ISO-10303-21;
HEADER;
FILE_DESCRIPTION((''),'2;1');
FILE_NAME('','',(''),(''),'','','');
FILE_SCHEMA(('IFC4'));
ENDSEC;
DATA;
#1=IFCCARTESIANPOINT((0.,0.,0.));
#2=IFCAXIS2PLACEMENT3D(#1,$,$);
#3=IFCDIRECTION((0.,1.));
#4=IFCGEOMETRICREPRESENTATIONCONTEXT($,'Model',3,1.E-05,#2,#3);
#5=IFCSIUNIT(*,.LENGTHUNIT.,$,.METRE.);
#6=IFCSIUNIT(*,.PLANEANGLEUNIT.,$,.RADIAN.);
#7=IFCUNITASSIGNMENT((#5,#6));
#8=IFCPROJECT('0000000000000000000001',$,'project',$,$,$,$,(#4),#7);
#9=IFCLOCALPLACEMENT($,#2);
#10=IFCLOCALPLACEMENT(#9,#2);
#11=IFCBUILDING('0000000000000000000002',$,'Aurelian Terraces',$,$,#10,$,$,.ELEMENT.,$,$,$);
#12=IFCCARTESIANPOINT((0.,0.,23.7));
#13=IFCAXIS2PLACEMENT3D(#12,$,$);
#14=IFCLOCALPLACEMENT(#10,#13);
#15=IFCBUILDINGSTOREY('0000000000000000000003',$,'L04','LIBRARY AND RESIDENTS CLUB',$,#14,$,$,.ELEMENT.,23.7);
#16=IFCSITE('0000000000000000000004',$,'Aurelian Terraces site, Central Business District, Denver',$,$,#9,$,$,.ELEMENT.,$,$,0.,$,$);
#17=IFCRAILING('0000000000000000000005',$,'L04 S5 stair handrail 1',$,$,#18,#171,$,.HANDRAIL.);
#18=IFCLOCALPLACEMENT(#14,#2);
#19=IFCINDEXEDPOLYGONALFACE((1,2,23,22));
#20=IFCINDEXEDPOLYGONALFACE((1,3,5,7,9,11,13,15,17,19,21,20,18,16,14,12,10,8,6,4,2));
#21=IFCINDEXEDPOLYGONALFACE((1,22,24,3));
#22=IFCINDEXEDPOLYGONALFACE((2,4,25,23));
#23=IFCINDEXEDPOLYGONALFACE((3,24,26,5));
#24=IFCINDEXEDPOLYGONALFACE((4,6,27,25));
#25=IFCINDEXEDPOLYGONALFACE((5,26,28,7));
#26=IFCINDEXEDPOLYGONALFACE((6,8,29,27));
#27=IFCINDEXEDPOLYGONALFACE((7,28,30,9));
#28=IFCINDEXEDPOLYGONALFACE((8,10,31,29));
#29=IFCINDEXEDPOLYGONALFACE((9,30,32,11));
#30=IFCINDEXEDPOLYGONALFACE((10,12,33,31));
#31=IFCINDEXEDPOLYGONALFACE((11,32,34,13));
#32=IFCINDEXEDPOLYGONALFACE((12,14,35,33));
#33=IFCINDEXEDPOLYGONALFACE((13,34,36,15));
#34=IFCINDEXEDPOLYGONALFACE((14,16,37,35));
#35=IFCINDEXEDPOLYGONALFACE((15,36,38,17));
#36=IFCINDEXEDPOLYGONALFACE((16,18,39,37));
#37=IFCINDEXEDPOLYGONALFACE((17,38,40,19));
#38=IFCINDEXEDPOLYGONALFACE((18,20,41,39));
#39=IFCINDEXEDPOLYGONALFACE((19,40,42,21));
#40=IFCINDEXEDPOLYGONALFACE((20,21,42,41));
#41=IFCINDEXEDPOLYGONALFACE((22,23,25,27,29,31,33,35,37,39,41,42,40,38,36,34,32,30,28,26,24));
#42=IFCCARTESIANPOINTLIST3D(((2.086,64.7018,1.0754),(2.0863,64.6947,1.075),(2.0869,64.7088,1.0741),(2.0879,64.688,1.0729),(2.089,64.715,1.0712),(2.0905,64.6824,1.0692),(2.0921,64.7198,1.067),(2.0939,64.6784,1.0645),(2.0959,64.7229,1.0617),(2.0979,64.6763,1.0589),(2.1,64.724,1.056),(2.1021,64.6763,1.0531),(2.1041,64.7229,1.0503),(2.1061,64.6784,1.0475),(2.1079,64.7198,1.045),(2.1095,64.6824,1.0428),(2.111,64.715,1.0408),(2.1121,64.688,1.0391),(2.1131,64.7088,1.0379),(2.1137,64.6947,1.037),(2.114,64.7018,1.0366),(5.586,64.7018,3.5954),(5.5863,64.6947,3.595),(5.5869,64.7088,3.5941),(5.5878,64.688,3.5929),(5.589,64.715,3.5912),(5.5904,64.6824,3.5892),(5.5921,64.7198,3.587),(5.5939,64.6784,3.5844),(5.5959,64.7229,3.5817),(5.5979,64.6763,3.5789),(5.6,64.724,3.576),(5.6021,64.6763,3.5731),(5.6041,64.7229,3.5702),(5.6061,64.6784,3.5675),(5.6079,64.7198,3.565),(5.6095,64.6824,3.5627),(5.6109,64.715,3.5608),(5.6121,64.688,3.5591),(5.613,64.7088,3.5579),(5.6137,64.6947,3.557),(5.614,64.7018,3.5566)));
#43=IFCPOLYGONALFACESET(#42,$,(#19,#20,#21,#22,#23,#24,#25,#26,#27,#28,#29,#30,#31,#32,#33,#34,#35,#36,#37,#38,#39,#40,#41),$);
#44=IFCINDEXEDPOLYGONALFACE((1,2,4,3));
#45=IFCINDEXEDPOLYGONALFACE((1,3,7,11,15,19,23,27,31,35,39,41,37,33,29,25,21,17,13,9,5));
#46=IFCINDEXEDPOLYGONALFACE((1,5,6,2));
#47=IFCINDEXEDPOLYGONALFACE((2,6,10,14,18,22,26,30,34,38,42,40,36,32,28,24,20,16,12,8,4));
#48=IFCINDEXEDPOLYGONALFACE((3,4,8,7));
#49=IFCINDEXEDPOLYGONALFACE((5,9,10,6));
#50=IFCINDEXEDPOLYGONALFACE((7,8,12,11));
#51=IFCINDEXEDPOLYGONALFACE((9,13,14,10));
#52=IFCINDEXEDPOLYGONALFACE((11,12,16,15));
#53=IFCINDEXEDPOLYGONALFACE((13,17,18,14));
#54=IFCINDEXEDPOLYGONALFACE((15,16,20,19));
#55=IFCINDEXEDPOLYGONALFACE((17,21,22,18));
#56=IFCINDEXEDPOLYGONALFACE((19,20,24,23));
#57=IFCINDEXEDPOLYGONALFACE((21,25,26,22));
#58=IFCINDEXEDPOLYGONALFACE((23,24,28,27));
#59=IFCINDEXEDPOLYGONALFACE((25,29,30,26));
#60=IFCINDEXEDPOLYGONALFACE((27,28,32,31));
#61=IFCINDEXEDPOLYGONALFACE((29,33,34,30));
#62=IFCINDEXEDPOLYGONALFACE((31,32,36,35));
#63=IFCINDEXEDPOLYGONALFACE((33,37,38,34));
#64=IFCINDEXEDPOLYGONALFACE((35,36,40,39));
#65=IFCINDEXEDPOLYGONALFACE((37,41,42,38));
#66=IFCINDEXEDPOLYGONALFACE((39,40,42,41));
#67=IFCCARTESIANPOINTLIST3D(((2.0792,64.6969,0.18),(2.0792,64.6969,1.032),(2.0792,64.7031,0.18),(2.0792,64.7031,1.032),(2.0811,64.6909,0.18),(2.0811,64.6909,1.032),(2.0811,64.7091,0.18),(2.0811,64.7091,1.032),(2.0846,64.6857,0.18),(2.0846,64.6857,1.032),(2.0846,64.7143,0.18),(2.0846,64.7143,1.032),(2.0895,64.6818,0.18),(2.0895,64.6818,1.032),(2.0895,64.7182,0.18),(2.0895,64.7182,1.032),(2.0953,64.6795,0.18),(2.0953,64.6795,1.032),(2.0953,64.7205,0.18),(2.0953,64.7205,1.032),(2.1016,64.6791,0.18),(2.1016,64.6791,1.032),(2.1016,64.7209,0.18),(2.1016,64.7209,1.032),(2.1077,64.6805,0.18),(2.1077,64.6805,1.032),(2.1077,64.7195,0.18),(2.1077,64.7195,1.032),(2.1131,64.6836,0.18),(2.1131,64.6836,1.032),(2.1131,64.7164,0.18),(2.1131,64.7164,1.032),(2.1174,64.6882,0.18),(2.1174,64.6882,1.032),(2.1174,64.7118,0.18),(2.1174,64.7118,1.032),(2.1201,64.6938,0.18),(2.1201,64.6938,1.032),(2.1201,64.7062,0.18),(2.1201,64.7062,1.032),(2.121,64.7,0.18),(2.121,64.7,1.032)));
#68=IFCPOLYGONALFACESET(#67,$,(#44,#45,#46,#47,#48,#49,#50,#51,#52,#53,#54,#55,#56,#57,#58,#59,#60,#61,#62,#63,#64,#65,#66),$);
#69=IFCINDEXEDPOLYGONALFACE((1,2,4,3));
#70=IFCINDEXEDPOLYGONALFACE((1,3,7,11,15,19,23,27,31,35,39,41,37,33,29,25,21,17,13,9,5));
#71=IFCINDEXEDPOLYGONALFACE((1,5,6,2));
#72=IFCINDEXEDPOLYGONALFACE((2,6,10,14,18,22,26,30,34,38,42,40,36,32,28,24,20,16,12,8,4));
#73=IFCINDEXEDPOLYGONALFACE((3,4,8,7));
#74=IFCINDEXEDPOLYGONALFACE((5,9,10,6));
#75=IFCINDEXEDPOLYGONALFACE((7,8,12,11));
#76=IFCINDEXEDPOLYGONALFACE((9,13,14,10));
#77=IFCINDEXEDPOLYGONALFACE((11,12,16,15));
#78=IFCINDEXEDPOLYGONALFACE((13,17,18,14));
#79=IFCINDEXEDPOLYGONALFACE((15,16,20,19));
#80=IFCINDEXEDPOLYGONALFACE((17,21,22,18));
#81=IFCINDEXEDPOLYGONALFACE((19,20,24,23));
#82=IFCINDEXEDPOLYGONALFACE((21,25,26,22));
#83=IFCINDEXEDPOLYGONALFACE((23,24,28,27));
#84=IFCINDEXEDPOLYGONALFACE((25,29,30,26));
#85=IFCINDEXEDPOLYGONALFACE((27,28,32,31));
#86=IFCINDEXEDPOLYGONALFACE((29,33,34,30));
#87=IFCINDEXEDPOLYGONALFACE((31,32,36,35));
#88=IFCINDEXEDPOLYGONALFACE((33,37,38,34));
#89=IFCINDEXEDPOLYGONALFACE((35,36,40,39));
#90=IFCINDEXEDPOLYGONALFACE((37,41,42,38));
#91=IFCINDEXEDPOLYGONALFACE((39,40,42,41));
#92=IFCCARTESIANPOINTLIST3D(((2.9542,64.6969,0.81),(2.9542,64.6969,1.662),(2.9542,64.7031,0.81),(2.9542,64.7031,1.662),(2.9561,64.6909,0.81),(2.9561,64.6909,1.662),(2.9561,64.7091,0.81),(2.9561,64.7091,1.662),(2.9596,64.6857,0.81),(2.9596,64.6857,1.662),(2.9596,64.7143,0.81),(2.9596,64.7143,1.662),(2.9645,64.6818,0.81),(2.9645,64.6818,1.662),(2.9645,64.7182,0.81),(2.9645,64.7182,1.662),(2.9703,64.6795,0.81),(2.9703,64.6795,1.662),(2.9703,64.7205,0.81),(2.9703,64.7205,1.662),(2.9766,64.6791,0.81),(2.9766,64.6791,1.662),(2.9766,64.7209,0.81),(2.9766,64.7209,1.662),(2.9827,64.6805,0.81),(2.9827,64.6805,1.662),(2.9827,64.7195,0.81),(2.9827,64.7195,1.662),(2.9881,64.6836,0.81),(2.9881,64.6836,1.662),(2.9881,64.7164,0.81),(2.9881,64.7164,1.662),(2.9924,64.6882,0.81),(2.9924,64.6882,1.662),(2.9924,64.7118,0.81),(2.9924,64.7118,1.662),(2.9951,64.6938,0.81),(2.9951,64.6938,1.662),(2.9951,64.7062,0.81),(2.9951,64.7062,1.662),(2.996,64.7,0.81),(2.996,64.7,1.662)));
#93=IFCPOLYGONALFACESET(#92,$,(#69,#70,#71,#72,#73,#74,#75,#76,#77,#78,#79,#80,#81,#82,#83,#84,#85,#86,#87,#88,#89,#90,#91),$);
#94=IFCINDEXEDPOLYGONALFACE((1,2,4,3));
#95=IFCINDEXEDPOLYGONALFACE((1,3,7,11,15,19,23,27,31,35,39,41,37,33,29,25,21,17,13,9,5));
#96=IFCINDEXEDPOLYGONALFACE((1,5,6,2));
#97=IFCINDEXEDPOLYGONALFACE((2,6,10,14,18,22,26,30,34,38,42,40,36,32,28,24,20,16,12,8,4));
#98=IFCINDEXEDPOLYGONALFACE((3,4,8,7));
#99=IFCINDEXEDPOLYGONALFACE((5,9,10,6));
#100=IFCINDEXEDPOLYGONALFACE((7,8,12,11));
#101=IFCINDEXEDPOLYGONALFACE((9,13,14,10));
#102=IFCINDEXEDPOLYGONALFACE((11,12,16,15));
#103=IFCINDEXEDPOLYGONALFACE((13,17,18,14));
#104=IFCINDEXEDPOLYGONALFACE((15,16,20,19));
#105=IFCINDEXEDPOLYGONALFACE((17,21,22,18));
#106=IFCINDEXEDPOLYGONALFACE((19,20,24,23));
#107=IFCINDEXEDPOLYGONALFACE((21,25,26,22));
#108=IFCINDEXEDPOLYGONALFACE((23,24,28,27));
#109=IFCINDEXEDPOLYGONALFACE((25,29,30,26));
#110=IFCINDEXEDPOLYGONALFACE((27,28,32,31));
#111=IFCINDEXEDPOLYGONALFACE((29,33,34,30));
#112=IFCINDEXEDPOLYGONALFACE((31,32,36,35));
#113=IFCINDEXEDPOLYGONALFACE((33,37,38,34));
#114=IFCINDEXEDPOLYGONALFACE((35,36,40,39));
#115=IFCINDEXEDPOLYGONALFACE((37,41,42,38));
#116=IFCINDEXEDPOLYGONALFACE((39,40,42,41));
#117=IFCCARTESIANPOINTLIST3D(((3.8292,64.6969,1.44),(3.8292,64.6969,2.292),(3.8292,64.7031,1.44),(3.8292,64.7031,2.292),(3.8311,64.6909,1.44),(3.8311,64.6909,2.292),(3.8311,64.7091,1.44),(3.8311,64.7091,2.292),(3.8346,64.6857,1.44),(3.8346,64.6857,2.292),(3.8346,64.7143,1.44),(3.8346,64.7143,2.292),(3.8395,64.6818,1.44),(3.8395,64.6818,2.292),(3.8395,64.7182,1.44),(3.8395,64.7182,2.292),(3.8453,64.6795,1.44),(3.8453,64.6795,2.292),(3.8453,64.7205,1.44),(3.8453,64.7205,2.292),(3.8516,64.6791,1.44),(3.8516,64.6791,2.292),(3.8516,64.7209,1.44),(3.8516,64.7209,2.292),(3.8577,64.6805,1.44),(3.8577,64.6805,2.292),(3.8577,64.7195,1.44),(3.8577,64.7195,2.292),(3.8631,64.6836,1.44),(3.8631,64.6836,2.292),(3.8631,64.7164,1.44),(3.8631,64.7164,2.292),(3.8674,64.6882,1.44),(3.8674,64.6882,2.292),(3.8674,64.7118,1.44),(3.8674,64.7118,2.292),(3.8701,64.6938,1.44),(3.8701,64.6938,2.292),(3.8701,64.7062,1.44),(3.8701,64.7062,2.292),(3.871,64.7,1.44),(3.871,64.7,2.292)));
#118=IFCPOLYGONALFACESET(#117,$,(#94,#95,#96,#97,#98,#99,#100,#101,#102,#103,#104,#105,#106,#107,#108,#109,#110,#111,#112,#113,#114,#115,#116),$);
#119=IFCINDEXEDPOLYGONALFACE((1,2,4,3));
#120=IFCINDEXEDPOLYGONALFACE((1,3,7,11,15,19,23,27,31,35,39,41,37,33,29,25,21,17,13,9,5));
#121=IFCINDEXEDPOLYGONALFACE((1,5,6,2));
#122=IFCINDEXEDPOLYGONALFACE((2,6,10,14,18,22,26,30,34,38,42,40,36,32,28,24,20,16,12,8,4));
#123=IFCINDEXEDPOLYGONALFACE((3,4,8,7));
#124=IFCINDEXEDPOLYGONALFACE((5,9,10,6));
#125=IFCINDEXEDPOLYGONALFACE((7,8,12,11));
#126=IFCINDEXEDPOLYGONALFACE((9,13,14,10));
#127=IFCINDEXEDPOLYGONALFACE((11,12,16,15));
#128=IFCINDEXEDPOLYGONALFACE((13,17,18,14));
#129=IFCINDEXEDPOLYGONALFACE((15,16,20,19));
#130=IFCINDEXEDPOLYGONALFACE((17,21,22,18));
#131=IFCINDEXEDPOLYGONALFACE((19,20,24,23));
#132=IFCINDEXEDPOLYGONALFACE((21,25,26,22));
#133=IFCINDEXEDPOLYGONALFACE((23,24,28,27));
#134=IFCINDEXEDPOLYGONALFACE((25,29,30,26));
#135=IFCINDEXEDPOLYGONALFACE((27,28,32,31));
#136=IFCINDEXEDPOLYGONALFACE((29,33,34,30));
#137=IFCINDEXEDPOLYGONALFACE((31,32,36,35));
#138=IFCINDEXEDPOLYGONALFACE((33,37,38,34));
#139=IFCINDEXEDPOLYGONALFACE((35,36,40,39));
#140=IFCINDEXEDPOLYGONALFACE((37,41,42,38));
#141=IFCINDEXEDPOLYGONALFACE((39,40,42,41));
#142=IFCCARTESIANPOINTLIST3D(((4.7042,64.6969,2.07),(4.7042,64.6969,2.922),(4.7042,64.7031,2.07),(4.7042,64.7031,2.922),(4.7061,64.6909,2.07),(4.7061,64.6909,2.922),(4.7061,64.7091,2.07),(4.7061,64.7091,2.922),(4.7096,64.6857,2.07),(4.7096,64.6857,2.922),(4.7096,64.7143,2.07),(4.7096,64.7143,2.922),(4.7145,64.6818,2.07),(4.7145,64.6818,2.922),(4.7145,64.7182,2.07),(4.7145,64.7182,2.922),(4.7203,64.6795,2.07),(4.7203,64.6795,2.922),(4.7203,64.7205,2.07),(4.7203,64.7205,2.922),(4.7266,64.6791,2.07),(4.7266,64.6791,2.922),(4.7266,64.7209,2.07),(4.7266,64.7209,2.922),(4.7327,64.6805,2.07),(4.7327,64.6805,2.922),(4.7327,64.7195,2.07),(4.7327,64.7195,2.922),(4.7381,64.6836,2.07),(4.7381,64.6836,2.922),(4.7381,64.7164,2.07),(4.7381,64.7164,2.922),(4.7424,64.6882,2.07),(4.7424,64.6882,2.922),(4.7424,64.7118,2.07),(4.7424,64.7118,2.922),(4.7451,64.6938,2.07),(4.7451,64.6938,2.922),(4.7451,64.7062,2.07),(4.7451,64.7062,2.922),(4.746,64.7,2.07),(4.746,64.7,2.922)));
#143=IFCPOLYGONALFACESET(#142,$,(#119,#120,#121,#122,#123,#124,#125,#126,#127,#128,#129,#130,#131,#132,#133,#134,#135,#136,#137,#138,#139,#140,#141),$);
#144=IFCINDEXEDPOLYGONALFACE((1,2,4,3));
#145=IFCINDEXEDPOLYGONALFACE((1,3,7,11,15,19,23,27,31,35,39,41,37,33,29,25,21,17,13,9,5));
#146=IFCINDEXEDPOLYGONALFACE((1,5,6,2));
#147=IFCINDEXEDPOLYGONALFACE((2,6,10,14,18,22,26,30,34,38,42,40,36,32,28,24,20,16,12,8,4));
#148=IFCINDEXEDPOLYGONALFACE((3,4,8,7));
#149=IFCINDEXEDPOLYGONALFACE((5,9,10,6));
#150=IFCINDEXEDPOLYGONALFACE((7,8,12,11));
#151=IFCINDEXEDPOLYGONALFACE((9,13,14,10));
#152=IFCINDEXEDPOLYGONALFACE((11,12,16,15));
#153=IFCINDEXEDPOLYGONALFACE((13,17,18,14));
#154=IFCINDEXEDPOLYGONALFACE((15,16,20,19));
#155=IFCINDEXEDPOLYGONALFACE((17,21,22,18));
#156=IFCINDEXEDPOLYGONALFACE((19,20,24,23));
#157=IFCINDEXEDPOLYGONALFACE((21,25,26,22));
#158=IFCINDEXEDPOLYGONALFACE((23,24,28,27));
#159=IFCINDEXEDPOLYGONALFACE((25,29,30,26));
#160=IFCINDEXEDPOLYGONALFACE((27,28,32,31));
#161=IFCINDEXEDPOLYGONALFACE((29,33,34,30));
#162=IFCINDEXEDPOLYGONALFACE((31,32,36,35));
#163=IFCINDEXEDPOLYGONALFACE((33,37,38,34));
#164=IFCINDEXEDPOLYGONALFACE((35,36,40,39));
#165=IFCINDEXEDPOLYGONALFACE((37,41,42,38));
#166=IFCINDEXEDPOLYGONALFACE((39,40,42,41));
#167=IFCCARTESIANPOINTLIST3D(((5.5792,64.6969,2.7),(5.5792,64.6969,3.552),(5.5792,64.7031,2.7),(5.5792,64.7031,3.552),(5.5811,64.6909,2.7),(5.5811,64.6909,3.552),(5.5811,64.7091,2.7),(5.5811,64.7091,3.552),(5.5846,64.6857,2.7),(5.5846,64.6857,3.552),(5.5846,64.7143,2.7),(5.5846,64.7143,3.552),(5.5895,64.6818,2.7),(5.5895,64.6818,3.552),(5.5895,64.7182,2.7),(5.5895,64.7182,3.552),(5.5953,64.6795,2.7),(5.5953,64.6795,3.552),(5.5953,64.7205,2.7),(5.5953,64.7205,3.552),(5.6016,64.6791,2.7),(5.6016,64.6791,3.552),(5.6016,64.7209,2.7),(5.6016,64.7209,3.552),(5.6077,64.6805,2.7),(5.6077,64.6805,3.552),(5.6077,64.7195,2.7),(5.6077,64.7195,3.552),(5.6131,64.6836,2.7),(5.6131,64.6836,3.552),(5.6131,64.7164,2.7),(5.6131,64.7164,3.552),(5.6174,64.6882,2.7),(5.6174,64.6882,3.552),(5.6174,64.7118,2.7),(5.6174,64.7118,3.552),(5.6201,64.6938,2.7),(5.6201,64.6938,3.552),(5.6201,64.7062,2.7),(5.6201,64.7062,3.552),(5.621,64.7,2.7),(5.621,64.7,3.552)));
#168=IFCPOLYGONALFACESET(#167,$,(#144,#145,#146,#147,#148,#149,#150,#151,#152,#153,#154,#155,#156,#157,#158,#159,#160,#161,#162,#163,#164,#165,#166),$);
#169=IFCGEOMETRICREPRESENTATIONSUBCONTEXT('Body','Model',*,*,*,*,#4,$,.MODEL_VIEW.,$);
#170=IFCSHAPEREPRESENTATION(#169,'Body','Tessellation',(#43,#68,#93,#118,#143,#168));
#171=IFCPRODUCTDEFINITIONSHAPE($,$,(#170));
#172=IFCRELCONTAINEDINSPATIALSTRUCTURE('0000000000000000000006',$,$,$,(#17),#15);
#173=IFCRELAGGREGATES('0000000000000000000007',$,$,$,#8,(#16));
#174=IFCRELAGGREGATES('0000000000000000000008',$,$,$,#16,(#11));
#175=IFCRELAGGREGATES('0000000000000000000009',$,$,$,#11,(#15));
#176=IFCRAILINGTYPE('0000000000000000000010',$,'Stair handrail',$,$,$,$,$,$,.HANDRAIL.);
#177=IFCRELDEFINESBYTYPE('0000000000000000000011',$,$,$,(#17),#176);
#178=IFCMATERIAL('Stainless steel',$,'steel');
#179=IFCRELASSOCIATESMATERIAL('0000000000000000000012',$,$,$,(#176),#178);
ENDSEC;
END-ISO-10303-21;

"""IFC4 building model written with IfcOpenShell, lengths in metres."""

from ifc_helpers import new_model, si_unit, direction, frame, origin, origin_2d, place, context, subcontext, project, spatial, circle, extrude, source, transform, mapped, material, type_object, element, save


model = new_model("IFC4")

# Units and contexts
model_context = context("Model", 3, precision=1e-05, world=origin(), true_north=direction((0.0, 1.0)))
body_context = subcontext(model_context, "Body", "Model", "MODEL_VIEW")
ifc_project = project(units=[si_unit("LENGTHUNIT", "METRE"), si_unit("PLANEANGLEUNIT", "RADIAN")], contexts=[model_context])

# Site, building, storey
site_placement = place(None, origin())
site = spatial("IfcSite", under=ifc_project, at=site_placement, Name="Aurelian Terraces site, Central Business District, Denver", CompositionType="ELEMENT", RefElevation=0.0)
building_placement = place(site_placement, origin())
building = spatial("IfcBuilding", under=site, at=building_placement, Name="Aurelian Terraces", CompositionType="ELEMENT")
storey_placement = place(building_placement, frame((0.0, 0.0, 23.7)))
storey = spatial("IfcBuildingStorey", under=building, at=storey_placement, Name="L04", Description="LIBRARY AND RESIDENTS CLUB", CompositionType="ELEMENT", Elevation=23.7)

# Railing
ifc_material_1 = material(Name="Stainless steel", Category="steel")
railing_type_1 = type_object("IfcRailingType", Name="Stair handrail", PredefinedType="HANDRAIL", material=ifc_material_1)
shared_shape_1 = source(origin(), body_context, "Body", "SweptSolid", [
    extrude(circle(Radius=0.024, at=origin_2d()), frame((0.0, 0.0, 0.876), z_axis=(0.811534, 0.0, 0.584305), x_axis=(0.0, 1.0, 0.0)), (0.0, 0.0, 1.0), 4.3128),
    extrude(circle(Radius=0.021, at=origin_2d()), origin(), (0.0, 0.0, 1.0), 0.852),
    extrude(circle(Radius=0.021, at=origin_2d()), frame((0.875, 0.0, 0.63)), (0.0, 0.0, 1.0), 0.852),
    extrude(circle(Radius=0.021, at=origin_2d()), frame((1.75, 0.0, 1.26)), (0.0, 0.0, 1.0), 0.852),
    extrude(circle(Radius=0.021, at=origin_2d()), frame((2.625, 0.0, 1.89)), (0.0, 0.0, 1.0), 0.852),
    extrude(circle(Radius=0.021, at=origin_2d()), frame((3.5, 0.0, 2.52)), (0.0, 0.0, 1.0), 0.852),
])
railing_1_placement = place(storey_placement, frame((2.1, 64.7, 0.18)))
element("IfcRailing", 1, at=railing_1_placement, inside=storey, type_object=railing_type_1, Name="L04 S5 stair handrail 1", PredefinedType="HANDRAIL", context=body_context, shape_type="MappedRepresentation", body=[
    mapped(shared_shape_1, transform((0.0, 0.0, 0.0), scale=1.0)),
])

save(model, "model.ifc")
